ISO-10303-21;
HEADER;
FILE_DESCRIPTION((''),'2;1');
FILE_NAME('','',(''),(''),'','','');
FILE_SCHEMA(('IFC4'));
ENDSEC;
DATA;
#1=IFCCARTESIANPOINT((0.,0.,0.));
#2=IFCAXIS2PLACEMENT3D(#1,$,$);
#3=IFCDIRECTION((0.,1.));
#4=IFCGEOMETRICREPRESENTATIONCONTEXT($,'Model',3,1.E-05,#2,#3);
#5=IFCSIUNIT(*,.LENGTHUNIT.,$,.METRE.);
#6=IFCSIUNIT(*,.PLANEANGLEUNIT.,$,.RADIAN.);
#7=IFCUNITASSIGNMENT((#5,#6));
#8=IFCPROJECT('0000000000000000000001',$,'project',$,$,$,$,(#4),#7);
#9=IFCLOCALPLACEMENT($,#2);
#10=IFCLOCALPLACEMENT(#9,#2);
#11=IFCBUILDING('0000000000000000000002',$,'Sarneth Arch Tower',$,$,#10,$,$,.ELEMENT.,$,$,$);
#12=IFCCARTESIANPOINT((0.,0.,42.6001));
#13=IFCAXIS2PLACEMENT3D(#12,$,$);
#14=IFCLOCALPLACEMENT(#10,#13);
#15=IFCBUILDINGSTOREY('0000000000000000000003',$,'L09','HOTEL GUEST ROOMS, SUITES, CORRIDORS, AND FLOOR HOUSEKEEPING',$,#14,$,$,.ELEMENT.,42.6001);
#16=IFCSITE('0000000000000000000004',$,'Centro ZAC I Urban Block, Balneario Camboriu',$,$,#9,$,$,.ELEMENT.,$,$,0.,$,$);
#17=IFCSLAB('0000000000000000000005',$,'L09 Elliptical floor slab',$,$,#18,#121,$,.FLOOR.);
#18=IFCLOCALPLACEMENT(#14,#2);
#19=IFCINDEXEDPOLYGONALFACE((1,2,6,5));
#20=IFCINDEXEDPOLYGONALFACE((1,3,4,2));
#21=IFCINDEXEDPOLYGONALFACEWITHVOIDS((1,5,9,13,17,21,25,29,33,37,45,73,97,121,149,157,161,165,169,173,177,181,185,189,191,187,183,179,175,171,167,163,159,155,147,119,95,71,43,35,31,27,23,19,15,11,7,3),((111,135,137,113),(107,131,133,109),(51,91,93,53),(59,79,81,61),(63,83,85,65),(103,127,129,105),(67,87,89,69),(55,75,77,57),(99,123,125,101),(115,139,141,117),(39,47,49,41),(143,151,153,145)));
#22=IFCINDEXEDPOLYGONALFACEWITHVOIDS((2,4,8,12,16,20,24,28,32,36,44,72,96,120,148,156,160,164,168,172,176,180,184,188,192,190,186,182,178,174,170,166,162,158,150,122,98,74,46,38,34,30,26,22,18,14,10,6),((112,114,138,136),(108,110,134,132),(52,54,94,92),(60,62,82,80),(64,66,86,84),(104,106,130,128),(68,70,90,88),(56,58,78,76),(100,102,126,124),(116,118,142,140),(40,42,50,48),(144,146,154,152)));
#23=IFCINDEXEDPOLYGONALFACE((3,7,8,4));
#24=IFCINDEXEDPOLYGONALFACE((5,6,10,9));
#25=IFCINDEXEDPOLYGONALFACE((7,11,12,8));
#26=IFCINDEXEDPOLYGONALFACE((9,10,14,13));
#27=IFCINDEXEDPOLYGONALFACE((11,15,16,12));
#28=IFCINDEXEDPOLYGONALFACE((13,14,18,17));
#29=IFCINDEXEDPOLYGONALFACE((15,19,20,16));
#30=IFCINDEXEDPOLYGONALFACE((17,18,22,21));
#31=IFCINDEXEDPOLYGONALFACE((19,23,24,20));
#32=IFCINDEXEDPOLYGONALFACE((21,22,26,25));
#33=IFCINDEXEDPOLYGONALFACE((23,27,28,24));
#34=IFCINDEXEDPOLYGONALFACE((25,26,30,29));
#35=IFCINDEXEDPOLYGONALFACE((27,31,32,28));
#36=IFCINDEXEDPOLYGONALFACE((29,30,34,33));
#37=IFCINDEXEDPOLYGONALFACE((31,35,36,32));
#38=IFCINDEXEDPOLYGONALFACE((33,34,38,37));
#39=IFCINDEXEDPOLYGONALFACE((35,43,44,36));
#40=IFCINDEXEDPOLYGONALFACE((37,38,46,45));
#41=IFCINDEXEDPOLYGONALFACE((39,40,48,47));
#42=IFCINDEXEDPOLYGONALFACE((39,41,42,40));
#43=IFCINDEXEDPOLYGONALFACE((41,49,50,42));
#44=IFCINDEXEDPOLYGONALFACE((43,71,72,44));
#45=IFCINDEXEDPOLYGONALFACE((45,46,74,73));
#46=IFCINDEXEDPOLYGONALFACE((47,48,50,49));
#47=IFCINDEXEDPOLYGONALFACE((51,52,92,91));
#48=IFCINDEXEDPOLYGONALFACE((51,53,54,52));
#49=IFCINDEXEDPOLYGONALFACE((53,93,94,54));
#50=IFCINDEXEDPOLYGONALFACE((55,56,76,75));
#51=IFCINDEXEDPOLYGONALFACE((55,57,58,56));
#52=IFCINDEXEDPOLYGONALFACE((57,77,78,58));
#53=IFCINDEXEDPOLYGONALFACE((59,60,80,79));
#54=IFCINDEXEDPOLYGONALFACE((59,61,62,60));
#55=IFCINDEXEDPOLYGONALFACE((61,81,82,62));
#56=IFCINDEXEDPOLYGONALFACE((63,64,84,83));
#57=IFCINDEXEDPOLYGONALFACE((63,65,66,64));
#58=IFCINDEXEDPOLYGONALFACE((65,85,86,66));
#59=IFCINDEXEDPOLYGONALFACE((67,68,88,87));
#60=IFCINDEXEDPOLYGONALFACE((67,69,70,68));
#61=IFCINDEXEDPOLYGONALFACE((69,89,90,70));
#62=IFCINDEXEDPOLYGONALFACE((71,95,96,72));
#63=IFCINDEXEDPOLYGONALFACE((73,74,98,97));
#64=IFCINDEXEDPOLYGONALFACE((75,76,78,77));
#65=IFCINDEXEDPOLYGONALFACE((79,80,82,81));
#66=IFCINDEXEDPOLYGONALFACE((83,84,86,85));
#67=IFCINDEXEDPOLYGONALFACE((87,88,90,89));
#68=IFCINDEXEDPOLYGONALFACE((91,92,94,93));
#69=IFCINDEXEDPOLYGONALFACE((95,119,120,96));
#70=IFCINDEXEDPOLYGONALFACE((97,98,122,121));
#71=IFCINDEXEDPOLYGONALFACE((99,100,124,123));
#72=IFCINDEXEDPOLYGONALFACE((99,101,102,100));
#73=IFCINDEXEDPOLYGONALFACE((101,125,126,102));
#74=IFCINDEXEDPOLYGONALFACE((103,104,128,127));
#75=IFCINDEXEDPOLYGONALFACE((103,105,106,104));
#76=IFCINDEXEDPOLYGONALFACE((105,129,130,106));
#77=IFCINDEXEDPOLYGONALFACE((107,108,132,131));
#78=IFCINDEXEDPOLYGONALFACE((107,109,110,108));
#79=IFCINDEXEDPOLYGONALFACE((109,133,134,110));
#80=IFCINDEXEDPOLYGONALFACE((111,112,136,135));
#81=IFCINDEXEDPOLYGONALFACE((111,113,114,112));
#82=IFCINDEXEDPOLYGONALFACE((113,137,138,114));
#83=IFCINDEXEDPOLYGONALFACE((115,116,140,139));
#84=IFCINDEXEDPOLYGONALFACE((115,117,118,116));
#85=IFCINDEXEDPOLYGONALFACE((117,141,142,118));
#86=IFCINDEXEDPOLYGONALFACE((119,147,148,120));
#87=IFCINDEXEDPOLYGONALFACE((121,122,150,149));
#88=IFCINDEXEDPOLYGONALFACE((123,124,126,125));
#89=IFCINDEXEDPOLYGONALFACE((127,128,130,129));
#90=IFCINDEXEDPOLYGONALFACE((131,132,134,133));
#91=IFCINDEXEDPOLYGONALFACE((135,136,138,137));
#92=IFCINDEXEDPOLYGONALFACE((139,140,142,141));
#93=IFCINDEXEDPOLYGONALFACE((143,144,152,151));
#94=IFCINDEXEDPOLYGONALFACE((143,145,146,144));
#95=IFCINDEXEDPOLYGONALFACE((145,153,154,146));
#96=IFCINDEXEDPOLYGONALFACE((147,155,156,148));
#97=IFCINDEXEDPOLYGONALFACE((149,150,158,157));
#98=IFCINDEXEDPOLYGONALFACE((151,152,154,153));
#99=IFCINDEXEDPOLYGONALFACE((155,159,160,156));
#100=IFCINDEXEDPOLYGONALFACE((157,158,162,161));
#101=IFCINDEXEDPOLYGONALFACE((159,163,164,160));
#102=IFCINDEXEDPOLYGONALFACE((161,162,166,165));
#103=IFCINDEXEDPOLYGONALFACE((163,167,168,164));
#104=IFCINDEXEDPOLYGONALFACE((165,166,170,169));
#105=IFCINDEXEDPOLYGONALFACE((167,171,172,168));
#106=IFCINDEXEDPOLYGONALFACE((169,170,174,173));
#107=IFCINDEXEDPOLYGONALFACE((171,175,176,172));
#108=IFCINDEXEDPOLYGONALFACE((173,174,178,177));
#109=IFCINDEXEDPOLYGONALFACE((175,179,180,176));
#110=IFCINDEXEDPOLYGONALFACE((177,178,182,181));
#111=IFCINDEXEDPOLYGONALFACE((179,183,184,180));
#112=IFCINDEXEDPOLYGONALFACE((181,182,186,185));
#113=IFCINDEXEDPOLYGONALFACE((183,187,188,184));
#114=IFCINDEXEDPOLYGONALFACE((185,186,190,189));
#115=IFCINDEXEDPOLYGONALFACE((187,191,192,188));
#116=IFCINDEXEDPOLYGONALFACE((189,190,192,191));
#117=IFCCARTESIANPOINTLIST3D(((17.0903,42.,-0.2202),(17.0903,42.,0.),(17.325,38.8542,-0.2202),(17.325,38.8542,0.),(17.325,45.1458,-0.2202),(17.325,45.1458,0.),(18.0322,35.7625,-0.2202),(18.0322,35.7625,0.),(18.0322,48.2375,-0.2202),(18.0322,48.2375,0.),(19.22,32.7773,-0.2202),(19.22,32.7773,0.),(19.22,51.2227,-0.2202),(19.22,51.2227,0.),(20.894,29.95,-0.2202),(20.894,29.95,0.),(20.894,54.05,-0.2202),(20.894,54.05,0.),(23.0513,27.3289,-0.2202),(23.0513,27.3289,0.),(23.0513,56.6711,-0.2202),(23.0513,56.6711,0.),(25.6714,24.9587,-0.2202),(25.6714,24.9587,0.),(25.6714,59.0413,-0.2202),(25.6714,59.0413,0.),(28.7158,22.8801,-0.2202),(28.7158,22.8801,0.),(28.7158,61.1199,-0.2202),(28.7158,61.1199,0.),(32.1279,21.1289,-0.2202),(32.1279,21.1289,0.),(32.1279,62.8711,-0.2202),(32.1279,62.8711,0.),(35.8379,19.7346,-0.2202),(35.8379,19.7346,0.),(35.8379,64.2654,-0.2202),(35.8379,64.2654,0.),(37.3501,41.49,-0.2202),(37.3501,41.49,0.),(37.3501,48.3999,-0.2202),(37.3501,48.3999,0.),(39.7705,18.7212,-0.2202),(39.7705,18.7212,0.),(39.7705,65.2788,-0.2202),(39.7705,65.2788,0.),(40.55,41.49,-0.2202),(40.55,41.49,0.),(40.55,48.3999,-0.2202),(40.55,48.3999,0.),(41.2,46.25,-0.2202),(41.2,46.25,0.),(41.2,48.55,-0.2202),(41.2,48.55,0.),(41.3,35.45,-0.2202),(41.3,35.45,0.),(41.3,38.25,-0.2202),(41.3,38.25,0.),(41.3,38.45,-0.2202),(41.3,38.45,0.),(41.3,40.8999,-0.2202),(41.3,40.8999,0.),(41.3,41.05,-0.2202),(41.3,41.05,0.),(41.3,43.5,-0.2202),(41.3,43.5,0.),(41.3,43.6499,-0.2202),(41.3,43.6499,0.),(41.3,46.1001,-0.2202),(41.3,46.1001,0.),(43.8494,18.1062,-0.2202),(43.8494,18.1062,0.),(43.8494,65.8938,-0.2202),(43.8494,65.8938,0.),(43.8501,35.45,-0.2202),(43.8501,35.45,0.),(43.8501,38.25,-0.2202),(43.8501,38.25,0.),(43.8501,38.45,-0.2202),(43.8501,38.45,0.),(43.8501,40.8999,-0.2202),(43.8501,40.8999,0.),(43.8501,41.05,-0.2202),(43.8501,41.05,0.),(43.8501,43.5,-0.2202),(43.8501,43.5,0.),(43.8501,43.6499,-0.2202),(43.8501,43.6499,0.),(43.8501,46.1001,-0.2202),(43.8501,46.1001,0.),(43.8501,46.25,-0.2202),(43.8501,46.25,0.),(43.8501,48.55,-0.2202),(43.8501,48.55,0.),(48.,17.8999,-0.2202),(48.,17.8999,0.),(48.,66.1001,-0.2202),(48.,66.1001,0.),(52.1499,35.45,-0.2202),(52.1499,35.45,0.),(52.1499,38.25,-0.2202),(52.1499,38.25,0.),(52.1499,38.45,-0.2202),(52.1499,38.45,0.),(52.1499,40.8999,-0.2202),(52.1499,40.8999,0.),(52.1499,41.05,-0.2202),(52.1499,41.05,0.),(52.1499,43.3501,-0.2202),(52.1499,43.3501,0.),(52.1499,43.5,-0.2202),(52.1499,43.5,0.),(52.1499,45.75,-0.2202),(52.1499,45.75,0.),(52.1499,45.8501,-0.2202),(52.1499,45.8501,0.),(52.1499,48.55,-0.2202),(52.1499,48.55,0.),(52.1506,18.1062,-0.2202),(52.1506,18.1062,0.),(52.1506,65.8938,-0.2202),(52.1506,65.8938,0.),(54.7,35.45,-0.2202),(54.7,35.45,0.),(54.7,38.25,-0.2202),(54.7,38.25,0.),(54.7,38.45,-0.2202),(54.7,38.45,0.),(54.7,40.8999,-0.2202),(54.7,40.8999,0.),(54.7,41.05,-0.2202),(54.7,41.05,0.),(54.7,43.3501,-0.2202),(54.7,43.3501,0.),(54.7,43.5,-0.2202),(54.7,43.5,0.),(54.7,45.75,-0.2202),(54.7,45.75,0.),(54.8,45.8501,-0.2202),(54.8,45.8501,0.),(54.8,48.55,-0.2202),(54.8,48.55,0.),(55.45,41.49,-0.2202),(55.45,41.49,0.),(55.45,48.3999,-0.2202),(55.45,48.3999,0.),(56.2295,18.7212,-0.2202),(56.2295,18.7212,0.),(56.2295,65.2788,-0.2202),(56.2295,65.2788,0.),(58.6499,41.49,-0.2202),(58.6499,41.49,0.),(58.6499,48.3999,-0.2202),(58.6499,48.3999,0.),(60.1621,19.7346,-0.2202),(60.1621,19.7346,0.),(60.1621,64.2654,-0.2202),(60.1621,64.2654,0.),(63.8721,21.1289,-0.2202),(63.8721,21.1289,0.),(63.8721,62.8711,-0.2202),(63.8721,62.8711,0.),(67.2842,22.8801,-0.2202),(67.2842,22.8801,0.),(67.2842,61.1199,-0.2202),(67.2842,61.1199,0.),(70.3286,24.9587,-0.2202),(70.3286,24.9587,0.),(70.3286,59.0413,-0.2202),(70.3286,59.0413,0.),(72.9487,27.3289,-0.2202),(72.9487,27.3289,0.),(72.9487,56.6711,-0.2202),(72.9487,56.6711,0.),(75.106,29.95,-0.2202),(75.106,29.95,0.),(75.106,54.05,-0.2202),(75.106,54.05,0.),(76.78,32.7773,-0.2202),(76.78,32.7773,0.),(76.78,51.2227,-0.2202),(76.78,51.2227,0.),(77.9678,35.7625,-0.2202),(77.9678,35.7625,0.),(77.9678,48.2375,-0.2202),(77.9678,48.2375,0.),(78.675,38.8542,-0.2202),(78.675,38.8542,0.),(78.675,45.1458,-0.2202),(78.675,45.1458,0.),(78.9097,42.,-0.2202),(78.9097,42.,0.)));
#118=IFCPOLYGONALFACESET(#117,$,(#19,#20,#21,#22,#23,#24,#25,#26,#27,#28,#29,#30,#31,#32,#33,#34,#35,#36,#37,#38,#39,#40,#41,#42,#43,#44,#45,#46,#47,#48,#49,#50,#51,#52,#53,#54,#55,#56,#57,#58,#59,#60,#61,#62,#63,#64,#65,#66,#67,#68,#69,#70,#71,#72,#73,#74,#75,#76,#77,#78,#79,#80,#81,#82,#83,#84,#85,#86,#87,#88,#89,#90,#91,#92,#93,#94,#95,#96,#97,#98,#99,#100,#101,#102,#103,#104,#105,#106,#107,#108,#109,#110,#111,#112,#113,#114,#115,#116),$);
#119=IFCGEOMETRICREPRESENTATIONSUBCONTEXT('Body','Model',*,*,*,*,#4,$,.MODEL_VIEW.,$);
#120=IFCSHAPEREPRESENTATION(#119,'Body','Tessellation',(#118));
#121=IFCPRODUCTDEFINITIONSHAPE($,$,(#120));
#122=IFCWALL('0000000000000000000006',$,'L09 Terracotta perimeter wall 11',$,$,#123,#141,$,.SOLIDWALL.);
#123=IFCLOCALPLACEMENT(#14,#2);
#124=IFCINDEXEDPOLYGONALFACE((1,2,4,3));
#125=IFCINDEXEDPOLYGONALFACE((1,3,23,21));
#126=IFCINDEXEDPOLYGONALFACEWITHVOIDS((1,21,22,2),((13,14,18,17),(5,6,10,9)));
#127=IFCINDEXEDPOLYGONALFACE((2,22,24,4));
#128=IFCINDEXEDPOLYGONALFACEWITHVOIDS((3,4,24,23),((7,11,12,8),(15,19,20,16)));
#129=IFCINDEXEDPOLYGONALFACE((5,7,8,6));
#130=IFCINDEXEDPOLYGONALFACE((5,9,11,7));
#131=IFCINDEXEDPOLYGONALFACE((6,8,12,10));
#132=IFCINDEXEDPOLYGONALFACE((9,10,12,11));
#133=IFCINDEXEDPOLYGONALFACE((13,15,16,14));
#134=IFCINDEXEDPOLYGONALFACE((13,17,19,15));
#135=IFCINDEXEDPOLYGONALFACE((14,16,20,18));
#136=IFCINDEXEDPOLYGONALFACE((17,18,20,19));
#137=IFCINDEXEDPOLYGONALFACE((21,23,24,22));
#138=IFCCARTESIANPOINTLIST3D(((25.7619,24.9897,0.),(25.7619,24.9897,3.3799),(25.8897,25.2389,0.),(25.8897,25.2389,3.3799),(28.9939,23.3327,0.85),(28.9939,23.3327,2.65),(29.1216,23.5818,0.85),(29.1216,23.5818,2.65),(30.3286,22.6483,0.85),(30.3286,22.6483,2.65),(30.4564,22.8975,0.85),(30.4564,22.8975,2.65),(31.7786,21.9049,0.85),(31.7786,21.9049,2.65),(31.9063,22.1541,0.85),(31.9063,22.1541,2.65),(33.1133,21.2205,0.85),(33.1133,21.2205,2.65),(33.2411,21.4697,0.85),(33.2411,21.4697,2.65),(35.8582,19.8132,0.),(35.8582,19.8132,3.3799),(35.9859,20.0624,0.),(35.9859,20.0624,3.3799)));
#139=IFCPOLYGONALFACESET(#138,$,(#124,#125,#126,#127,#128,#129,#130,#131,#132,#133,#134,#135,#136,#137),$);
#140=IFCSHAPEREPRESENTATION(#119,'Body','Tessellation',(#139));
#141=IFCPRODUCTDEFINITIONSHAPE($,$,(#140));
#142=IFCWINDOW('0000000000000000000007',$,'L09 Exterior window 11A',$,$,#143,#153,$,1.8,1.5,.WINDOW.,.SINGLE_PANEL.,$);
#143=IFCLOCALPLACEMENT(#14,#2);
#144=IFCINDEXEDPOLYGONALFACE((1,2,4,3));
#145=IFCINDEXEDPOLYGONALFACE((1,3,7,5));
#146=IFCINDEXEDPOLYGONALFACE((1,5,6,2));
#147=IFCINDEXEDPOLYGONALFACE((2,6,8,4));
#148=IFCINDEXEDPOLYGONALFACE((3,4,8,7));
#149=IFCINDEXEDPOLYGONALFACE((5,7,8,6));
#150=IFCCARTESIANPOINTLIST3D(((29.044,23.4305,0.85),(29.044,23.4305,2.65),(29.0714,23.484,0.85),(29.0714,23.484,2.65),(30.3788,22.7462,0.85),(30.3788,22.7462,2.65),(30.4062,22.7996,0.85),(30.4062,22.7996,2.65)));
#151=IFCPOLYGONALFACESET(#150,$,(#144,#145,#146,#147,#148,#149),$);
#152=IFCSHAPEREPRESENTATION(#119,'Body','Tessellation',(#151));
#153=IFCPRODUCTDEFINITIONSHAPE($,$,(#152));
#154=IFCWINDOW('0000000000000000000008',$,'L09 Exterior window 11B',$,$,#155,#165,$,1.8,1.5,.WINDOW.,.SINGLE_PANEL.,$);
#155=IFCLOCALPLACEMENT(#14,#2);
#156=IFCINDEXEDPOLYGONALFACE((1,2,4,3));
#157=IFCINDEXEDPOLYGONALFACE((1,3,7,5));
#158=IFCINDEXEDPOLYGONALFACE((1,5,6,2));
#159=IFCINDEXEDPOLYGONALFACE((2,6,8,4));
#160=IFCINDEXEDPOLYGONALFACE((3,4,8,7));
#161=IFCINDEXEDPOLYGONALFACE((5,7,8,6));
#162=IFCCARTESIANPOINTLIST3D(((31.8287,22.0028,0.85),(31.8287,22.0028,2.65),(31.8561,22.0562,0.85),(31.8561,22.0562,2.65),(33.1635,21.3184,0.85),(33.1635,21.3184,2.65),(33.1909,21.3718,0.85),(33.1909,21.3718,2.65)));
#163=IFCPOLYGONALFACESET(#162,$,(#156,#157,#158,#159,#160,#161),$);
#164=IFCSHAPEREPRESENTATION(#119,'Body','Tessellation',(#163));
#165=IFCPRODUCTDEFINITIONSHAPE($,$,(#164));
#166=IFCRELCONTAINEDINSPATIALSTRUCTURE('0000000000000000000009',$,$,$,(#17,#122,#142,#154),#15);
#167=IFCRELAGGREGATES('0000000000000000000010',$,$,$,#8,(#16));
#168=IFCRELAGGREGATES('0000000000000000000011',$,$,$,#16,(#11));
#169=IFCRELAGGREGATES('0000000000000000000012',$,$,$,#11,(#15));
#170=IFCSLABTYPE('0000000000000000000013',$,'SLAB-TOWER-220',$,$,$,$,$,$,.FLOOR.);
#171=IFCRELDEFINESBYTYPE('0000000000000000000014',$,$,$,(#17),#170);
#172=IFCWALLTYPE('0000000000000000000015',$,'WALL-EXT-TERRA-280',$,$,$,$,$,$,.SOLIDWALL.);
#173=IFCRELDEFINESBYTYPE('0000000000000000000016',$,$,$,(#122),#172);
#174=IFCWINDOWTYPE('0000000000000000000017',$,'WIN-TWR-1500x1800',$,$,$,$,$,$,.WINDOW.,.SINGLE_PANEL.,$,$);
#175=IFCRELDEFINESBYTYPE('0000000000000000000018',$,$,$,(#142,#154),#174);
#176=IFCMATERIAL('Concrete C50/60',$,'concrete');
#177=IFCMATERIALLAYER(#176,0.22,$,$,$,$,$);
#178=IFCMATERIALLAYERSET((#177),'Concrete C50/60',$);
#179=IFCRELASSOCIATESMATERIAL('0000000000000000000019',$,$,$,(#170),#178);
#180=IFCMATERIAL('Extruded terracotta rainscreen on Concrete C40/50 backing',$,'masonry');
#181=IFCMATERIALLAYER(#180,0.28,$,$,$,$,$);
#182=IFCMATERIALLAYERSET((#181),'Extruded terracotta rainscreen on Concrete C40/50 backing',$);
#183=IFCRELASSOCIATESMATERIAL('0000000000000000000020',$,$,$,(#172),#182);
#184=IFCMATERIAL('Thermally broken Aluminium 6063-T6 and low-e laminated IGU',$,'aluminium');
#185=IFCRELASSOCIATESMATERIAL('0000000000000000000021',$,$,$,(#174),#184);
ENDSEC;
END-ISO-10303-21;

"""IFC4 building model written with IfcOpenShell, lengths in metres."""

from ifc_helpers import new_model, si_unit, direction, frame, frame_2d, origin, place, context, subcontext, project, spatial, polyline, rectangle, outline, extrude, material, layer, layer_set, type_object, element, fill, save


model = new_model("IFC4")

# Units and contexts
model_context = context("Model", 3, precision=1e-05, world=origin(), true_north=direction((0.0, 1.0)))
body_context = subcontext(model_context, "Body", "Model", "MODEL_VIEW")
ifc_project = project(units=[si_unit("LENGTHUNIT", "METRE"), si_unit("PLANEANGLEUNIT", "RADIAN")], contexts=[model_context])

# Site, building, storey
site_placement = place(None, origin())
site = spatial("IfcSite", under=ifc_project, at=site_placement, Name="Centro ZAC I Urban Block, Balneario Camboriu", CompositionType="ELEMENT", RefElevation=0.0)
building_placement = place(site_placement, origin())
building = spatial("IfcBuilding", under=site, at=building_placement, Name="Sarneth Arch Tower", CompositionType="ELEMENT")
storey_placement = place(building_placement, frame((0.0, 0.0, 42.6001)))
storey = spatial("IfcBuildingStorey", under=building, at=storey_placement, Name="L09", Description="HOTEL GUEST ROOMS, SUITES, CORRIDORS, AND FLOOR HOUSEKEEPING", CompositionType="ELEMENT", Elevation=42.6001)

# Slab
ifc_material_1 = material(Name="Concrete C50/60", Category="concrete")
ifc_layer_1 = layer(ifc_material_1, 0.22)
ifc_layer_set_1 = layer_set([ifc_layer_1], Name="Concrete C50/60")
slab_type_1 = type_object("IfcSlabType", Name="SLAB-TOWER-220", PredefinedType="FLOOR", material=ifc_layer_set_1)
slab_1_placement = place(storey_placement, frame((0.0, 0.0, -0.2202)))
element("IfcSlab", 1, at=slab_1_placement, inside=storey, type_object=slab_type_1, Name="L09 Elliptical floor slab", PredefinedType="FLOOR", context=body_context, shape_type="SweptSolid", body=[
    extrude(outline(polyline([(78.9097, 42.0), (78.675, 45.1458), (77.9678, 48.2375), (76.78, 51.2227), (75.106, 54.05), (72.9487, 56.6711), (70.3286, 59.0413), (67.2842, 61.1199), (63.8721, 62.8711), (60.1621, 64.2654), (56.2295, 65.2788), (52.1506, 65.8938), (48.0, 66.1001), (43.8494, 65.8938), (39.7705, 65.2788), (35.8379, 64.2654), (32.1279, 62.8711), (28.7158, 61.1199), (25.6714, 59.0413), (23.0513, 56.6711), (20.894, 54.05), (19.22, 51.2227), (18.0322, 48.2375), (17.325, 45.1458), (17.0903, 42.0), (17.325, 38.8542), (18.0322, 35.7625), (19.22, 32.7773), (20.894, 29.95), (23.0513, 27.3289), (25.6714, 24.9587), (28.7158, 22.8801), (32.1279, 21.1289), (35.8379, 19.7346), (39.7705, 18.7212), (43.8494, 18.1062), (48.0, 17.8999), (52.1506, 18.1062), (56.2295, 18.7212), (60.1621, 19.7346), (63.8721, 21.1289), (67.2842, 22.8801), (70.3286, 24.9587), (72.9487, 27.3289), (75.106, 29.95), (76.78, 32.7773), (77.9678, 35.7625), (78.675, 38.8542), (78.9097, 42.0)]), holes=[polyline([(37.3501, 41.49), (40.55, 41.49), (40.55, 48.3999), (37.3501, 48.3999), (37.3501, 41.49)]), polyline([(55.45, 41.49), (58.6499, 41.49), (58.6499, 48.3999), (55.45, 48.3999), (55.45, 41.49)]), polyline([(41.2, 46.25), (43.8501, 46.25), (43.8501, 48.55), (41.2, 48.55), (41.2, 46.25)]), polyline([(41.3, 35.45), (43.8501, 35.45), (43.8501, 38.25), (41.3, 38.25), (41.3, 35.45)]), polyline([(52.1499, 35.45), (54.7, 35.45), (54.7, 38.25), (52.1499, 38.25), (52.1499, 35.45)]), polyline([(52.1499, 45.8501), (54.8, 45.8501), (54.8, 48.55), (52.1499, 48.55), (52.1499, 45.8501)]), polyline([(41.3, 38.45), (43.8501, 38.45), (43.8501, 40.8999), (41.3, 40.8999), (41.3, 38.45)]), polyline([(41.3, 41.05), (43.8501, 41.05), (43.8501, 43.5), (41.3, 43.5), (41.3, 41.05)]), polyline([(41.3, 43.6499), (43.8501, 43.6499), (43.8501, 46.1001), (41.3, 46.1001), (41.3, 43.6499)]), polyline([(52.1499, 38.45), (54.7, 38.45), (54.7, 40.8999), (52.1499, 40.8999), (52.1499, 38.45)]), polyline([(52.1499, 41.05), (54.7, 41.05), (54.7, 43.3501), (52.1499, 43.3501), (52.1499, 41.05)]), polyline([(52.1499, 43.5), (54.7, 43.5), (54.7, 45.75), (52.1499, 45.75), (52.1499, 43.5)])]), origin(), (0.0, 0.0, 1.0), 0.2202),
])

# Wall, openings, windows
ifc_material_2 = material(Name="Extruded terracotta rainscreen on Concrete C40/50 backing", Category="masonry")
ifc_layer_2 = layer(ifc_material_2, 0.28)
ifc_layer_set_2 = layer_set([ifc_layer_2], Name="Extruded terracotta rainscreen on Concrete C40/50 backing")
wall_type_1 = type_object("IfcWallType", Name="WALL-EXT-TERRA-280", PredefinedType="SOLIDWALL", material=ifc_layer_set_2)
wall_1_placement = place(storey_placement, frame((25.8259, 25.1143, 0.0), z_axis=(0.0, 0.0, 1.0), x_axis=(0.889854, -0.456245, 0.0)))
wall_1 = element("IfcWall", 2, at=wall_1_placement, inside=storey, type_object=wall_type_1, Name="L09 Terracotta perimeter wall 11", PredefinedType="SOLIDWALL", context=body_context, shape_type="SweptSolid", body=[
    extrude(rectangle(XDim=11.3459, YDim=0.28, at=frame_2d((5.6729, 0.0))), origin(), (0.0, 0.0, 1.0), 3.3799),
])
opening_1_placement = place(wall_1_placement, frame((3.6318, 0.0, 0.8501)))
opening_1 = element("IfcOpeningElement", 3, at=opening_1_placement, cuts=wall_1, PredefinedType="OPENING", context=body_context, shape_type="SweptSolid", body=[
    extrude(rectangle(XDim=1.5, YDim=1.8, at=frame_2d((0.75, 0.8999))), frame((0.0, 0.1499, 0.0), z_axis=(0.0, -1.0, 0.0), x_axis=(1.0, 0.0, 0.0)), (0.0, 0.0, 1.0), 0.3),
])
opening_2_placement = place(wall_1_placement, frame((6.7612, 0.0, 0.8501)))
opening_2 = element("IfcOpeningElement", 4, at=opening_2_placement, cuts=wall_1, PredefinedType="OPENING", context=body_context, shape_type="SweptSolid", body=[
    extrude(rectangle(XDim=1.5, YDim=1.8, at=frame_2d((0.75, 0.8999))), frame((0.0, 0.1499, 0.0), z_axis=(0.0, -1.0, 0.0), x_axis=(1.0, 0.0, 0.0)), (0.0, 0.0, 1.0), 0.3),
])
ifc_material_3 = material(Name="Thermally broken Aluminium 6063-T6 and low-e laminated IGU", Category="aluminium")
window_type = type_object("IfcWindowType", Name="WIN-TWR-1500x1800", PartitioningType="SINGLE_PANEL", PredefinedType="WINDOW", material=ifc_material_3)
window_1_placement = place(opening_1_placement, origin())
window_1 = element("IfcWindow", 5, at=window_1_placement, inside=storey, type_object=window_type, Name="L09 Exterior window 11A", OverallHeight=1.8, OverallWidth=1.5, PartitioningType="SINGLE_PANEL", PredefinedType="WINDOW", context=body_context, shape_type="SweptSolid", body=[
    extrude(rectangle(XDim=1.5, YDim=1.8, at=frame_2d((0.75, 0.8999))), frame((0.0, 0.03, 0.0), z_axis=(0.0, -1.0, 0.0), x_axis=(1.0, 0.0, 0.0)), (0.0, 0.0, 1.0), 0.0601),
])
fill(opening_1, window_1)
window_2_placement = place(opening_2_placement, origin())
window_2 = element("IfcWindow", 6, at=window_2_placement, inside=storey, type_object=window_type, Name="L09 Exterior window 11B", OverallHeight=1.8, OverallWidth=1.5, PartitioningType="SINGLE_PANEL", PredefinedType="WINDOW", context=body_context, shape_type="SweptSolid", body=[
    extrude(rectangle(XDim=1.5, YDim=1.8, at=frame_2d((0.75, 0.8999))), frame((0.0, 0.03, 0.0), z_axis=(0.0, -1.0, 0.0), x_axis=(1.0, 0.0, 0.0)), (0.0, 0.0, 1.0), 0.0601),
])
fill(opening_2, window_2)

save(model, "model.ifc")
